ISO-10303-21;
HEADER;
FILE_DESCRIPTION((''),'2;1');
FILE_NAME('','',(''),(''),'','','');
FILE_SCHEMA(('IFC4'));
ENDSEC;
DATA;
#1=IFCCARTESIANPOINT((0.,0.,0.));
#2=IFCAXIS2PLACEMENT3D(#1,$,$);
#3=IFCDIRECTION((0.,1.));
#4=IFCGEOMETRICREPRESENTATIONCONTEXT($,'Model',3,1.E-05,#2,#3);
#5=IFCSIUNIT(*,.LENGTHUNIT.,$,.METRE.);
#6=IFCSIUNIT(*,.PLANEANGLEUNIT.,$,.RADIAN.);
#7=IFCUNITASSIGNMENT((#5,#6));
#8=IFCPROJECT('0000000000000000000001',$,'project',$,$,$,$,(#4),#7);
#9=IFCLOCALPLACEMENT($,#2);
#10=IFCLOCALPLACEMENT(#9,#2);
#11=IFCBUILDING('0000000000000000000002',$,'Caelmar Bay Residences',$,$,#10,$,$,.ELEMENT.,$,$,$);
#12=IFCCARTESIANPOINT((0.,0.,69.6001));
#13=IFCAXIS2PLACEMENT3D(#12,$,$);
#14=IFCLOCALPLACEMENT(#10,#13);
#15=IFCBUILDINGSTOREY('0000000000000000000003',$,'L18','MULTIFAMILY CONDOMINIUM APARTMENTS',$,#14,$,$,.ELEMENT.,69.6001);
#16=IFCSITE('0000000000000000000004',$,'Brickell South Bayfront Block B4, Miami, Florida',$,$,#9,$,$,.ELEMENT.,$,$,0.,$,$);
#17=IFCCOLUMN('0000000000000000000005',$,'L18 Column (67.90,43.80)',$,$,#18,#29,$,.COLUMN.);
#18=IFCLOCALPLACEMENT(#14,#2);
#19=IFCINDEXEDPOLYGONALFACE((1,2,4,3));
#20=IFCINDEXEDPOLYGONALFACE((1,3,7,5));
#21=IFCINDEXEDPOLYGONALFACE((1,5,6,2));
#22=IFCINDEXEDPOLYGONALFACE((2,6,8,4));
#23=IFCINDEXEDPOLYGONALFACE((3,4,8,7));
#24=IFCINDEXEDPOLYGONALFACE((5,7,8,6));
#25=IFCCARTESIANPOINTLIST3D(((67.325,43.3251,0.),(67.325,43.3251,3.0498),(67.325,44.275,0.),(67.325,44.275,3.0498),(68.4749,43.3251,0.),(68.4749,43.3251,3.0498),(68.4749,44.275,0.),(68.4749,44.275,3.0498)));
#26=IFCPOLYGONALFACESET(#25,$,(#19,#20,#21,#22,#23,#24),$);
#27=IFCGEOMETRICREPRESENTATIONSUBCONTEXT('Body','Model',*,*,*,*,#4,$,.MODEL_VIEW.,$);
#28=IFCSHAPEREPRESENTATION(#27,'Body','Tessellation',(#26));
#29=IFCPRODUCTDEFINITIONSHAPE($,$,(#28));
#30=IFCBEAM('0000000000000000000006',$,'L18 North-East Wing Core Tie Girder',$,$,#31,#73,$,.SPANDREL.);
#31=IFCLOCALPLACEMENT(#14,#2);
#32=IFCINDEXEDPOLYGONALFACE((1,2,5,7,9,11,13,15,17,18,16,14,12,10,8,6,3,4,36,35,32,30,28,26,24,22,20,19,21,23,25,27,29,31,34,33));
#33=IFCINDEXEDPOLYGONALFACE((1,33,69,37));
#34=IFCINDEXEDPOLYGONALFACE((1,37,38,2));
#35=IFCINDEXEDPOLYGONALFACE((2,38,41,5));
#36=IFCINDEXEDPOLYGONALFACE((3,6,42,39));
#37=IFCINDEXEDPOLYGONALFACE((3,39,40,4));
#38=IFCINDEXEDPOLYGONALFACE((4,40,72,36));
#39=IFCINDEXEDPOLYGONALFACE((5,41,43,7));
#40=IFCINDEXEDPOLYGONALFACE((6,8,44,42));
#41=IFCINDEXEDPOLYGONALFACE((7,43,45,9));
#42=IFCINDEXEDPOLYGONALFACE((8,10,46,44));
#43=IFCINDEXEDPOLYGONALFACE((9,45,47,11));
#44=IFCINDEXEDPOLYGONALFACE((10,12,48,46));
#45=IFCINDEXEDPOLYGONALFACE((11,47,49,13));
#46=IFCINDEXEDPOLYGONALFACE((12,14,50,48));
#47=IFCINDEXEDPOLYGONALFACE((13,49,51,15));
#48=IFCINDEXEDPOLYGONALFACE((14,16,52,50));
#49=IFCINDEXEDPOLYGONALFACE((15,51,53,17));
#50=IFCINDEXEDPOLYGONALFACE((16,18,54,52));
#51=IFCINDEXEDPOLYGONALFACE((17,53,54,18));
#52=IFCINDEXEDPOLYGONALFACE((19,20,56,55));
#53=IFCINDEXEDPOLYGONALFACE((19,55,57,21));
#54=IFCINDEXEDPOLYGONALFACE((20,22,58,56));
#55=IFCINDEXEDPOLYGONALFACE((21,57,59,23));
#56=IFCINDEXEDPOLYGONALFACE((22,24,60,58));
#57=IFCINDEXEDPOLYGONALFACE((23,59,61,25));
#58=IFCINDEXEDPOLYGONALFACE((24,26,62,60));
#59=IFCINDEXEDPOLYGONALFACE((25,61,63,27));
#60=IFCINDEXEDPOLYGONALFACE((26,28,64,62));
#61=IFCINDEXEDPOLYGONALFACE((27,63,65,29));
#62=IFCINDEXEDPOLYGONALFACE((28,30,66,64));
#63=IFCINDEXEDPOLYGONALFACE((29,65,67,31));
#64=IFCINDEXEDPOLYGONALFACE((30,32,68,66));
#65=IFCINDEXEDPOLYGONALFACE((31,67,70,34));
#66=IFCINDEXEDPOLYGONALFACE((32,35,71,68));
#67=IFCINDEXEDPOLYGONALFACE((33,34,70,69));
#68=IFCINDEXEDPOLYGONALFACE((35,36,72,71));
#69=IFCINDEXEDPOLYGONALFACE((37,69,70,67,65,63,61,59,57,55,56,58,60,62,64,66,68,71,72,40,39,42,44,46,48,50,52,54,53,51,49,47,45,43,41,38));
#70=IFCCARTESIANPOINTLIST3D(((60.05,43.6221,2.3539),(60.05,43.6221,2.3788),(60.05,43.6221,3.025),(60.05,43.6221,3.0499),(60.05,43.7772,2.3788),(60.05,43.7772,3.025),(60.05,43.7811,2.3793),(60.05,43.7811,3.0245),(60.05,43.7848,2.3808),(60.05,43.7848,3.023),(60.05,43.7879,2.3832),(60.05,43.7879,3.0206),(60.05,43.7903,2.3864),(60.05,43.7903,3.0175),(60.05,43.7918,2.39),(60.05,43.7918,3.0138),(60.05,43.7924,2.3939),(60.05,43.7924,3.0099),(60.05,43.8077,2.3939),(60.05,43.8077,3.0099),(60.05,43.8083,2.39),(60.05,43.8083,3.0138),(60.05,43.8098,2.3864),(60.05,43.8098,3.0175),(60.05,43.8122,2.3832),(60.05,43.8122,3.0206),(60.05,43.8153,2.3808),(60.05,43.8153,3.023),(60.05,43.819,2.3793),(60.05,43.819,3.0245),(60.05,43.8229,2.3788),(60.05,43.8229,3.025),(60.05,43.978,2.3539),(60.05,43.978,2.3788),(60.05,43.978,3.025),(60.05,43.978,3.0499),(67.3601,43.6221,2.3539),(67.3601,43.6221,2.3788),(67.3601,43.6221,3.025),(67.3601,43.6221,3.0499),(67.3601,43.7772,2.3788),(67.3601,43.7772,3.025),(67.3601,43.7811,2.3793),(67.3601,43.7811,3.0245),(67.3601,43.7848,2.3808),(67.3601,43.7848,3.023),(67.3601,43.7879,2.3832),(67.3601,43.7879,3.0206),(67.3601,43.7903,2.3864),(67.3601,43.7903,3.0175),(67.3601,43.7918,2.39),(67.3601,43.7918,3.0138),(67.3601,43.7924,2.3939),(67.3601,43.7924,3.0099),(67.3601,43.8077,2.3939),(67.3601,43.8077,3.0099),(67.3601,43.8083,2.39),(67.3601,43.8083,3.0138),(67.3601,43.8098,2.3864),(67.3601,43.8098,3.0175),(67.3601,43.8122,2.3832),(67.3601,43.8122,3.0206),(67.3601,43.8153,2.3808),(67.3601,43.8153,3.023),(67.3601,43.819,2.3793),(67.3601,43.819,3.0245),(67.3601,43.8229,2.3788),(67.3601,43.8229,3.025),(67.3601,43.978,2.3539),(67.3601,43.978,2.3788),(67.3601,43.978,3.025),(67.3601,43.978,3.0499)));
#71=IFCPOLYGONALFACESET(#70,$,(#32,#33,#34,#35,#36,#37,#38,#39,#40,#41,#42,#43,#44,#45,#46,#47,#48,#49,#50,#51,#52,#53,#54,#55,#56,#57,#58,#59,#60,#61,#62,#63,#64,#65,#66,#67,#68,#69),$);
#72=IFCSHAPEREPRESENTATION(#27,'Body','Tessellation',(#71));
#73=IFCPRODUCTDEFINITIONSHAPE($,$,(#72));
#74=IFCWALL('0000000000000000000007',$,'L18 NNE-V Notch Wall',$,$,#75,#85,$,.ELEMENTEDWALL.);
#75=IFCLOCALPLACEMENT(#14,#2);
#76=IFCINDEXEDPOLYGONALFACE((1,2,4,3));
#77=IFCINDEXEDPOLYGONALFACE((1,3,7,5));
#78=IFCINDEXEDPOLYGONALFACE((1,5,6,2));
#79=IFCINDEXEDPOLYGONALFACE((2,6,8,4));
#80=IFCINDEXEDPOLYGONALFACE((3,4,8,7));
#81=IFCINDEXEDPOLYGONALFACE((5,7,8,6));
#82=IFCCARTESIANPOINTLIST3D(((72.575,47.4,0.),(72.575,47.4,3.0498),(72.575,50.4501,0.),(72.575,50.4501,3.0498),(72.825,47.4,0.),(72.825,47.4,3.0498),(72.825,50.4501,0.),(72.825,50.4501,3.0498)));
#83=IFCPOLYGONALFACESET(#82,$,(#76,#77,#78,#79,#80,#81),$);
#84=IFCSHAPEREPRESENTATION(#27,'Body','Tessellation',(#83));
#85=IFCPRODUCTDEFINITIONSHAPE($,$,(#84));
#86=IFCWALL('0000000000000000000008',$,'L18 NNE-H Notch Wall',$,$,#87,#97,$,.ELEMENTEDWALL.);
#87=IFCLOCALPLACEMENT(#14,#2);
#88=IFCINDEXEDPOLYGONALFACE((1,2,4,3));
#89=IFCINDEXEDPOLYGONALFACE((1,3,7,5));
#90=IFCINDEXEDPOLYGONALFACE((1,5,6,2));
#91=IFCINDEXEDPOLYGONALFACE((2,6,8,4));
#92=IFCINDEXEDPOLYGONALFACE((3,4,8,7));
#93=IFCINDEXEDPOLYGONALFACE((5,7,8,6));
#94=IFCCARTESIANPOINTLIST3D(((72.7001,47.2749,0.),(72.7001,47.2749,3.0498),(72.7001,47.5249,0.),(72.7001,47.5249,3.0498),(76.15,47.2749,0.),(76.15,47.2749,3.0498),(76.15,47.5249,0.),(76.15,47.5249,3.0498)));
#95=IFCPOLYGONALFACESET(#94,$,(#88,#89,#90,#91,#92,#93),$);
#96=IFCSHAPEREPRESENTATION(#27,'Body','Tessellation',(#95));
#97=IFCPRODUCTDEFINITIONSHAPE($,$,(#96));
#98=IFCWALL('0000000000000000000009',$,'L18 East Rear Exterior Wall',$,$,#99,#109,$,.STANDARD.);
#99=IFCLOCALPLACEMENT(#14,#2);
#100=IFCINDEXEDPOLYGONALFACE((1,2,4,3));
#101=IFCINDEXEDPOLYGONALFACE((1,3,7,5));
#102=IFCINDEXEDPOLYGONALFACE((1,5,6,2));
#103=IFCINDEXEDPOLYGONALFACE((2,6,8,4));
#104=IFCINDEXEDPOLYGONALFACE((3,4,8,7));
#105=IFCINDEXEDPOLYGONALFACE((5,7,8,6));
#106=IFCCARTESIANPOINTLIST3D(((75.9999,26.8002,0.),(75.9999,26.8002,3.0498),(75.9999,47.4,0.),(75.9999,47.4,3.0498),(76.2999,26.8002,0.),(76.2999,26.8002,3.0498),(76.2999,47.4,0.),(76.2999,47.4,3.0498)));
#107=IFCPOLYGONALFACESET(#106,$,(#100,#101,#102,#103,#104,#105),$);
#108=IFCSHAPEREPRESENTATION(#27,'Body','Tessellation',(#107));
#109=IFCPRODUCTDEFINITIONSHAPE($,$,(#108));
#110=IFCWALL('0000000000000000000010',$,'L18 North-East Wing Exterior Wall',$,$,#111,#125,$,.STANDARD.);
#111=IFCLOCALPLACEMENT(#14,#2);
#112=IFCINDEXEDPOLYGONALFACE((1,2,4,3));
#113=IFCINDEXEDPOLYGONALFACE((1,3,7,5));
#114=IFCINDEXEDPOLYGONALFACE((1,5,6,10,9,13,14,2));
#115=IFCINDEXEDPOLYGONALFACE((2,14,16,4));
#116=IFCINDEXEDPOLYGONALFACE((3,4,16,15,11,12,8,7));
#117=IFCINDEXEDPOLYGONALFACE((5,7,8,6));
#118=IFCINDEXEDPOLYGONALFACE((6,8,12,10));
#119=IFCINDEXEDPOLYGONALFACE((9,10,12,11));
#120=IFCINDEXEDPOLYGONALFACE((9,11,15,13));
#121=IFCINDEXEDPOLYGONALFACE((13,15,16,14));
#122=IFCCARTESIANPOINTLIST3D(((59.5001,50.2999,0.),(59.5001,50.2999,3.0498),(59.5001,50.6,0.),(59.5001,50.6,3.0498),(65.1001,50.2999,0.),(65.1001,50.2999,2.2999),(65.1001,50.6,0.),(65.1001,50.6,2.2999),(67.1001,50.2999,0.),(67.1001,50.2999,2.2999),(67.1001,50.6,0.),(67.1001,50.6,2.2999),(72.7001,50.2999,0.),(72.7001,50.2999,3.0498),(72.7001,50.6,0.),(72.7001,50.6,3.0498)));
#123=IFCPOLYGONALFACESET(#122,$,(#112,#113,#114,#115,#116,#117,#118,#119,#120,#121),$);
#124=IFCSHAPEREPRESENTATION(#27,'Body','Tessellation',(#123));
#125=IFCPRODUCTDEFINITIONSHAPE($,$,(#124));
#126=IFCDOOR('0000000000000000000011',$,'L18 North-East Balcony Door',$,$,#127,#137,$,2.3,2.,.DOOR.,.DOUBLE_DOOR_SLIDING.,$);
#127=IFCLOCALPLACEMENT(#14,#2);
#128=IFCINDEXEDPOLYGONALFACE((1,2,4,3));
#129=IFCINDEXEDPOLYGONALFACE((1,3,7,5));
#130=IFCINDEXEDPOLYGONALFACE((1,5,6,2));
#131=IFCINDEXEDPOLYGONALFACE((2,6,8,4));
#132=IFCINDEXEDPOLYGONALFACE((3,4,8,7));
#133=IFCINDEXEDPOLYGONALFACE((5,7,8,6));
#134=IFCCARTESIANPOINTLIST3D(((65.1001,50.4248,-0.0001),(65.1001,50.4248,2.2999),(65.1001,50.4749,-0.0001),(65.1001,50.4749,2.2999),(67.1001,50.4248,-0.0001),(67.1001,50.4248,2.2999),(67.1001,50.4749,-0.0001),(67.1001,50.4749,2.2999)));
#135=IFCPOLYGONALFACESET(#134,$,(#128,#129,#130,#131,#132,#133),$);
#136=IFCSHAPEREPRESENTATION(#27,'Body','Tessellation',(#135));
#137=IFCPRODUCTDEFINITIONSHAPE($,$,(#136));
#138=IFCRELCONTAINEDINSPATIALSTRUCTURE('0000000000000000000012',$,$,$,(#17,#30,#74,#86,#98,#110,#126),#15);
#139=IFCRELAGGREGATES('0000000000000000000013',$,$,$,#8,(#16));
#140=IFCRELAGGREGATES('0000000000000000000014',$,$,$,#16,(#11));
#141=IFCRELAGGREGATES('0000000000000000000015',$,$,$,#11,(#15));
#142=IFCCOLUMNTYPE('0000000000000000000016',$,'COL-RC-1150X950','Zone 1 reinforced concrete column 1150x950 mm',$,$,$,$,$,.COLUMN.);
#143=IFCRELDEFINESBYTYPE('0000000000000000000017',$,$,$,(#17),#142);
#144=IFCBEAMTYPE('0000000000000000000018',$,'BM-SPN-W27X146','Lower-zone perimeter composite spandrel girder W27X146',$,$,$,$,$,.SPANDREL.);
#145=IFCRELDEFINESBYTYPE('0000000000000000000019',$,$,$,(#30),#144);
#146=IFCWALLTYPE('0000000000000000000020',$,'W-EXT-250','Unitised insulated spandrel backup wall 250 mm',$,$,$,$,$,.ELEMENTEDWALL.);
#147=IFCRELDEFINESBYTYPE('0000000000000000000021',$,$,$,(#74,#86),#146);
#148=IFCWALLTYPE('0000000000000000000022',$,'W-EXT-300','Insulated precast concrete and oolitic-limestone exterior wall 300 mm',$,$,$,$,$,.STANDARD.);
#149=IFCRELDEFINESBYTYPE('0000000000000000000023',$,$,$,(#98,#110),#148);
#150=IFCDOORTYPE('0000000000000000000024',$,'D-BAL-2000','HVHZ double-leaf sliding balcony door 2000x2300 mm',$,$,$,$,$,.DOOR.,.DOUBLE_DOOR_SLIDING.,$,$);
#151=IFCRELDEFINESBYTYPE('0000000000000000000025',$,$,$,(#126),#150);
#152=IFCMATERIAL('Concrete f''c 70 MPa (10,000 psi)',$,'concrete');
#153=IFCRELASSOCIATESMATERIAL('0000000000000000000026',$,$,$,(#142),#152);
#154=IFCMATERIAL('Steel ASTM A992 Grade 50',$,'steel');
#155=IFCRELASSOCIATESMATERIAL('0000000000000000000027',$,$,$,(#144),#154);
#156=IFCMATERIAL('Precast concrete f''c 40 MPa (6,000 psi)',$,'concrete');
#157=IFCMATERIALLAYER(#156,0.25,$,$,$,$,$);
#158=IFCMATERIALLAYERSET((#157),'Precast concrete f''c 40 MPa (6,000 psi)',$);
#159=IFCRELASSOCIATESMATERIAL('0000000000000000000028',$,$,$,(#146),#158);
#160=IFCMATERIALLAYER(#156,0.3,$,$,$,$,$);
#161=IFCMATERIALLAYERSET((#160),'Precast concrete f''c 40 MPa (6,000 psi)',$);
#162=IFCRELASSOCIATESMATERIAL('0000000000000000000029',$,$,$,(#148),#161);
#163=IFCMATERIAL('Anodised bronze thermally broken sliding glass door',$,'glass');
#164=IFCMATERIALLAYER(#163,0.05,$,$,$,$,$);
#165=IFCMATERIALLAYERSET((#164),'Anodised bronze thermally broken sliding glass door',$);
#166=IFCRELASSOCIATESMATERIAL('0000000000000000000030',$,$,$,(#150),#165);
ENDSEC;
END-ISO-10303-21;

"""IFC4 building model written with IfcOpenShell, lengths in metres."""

from ifc_helpers import new_model, si_unit, direction, frame, frame_2d, origin, origin_2d, place, context, subcontext, project, spatial, rectangle, i_section, extrude, material, layer, layer_set, material_profile, profile_set, type_object, element, fill, save


model = new_model("IFC4")

# Units and contexts
model_context = context("Model", 3, precision=1e-05, world=origin(), true_north=direction((0.0, 1.0)))
body_context = subcontext(model_context, "Body", "Model", "MODEL_VIEW")
ifc_project = project(units=[si_unit("LENGTHUNIT", "METRE"), si_unit("PLANEANGLEUNIT", "RADIAN")], contexts=[model_context])

# Site, building, storey
site_placement = place(None, origin())
site = spatial("IfcSite", under=ifc_project, at=site_placement, Name="Brickell South Bayfront Block B4, Miami, Florida", CompositionType="ELEMENT", RefElevation=0.0)
building_placement = place(site_placement, origin())
building = spatial("IfcBuilding", under=site, at=building_placement, Name="Caelmar Bay Residences", CompositionType="ELEMENT")
storey_placement = place(building_placement, frame((0.0, 0.0, 69.6001)))
storey = spatial("IfcBuildingStorey", under=building, at=storey_placement, Name="L18", Description="MULTIFAMILY CONDOMINIUM APARTMENTS", CompositionType="ELEMENT", Elevation=69.6001)

# Column
ifc_material_1 = material(Name="Concrete f'c 70 MPa (10,000 psi)", Category="concrete")
ifc_material_profile_1 = material_profile(ifc_material_1, rectangle(XDim=1.1499, YDim=0.95, at=origin_2d()), Name="RC-COL-1150X950")
ifc_profile_set_1 = profile_set([ifc_material_profile_1], Name="Concrete f'c 70 MPa (10,000 psi)")
column_type = type_object("IfcColumnType", Name="COL-RC-1150X950", Description="Zone 1 reinforced concrete column 1150x950 mm", PredefinedType="COLUMN", material=ifc_profile_set_1)
column_placement = place(storey_placement, frame((67.8999, 43.8, 0.0), z_axis=(0.0, 0.0, 1.0), x_axis=(1.0, 0.0, 0.0)))
element("IfcColumn", 1, at=column_placement, inside=storey, type_object=column_type, Name="L18 Column (67.90,43.80)", PredefinedType="COLUMN", context=body_context, shape_type="SweptSolid", body=[
    extrude(rectangle(XDim=1.1499, YDim=0.95, at=origin_2d()), origin(), (0.0, 0.0, 1.0), 3.0498),
])

# Beam
ifc_material_2 = material(Name="Steel ASTM A992 Grade 50", Category="steel")
ifc_material_profile_2 = material_profile(ifc_material_2, i_section(OverallWidth=0.356, OverallDepth=0.696, WebThickness=0.0154, FlangeThickness=0.0249, FilletRadius=0.0151, at=origin_2d()), Name="W27X146")
ifc_profile_set_2 = profile_set([ifc_material_profile_2], Name="Steel ASTM A992 Grade 50")
beam_type = type_object("IfcBeamType", Name="BM-SPN-W27X146", Description="Lower-zone perimeter composite spandrel girder W27X146", PredefinedType="SPANDREL", material=ifc_profile_set_2)
beam_placement = place(storey_placement, frame((60.05, 43.8, 2.7019), z_axis=(1.0, 0.0, 0.0), x_axis=(0.0, 1.0, 0.0)))
element("IfcBeam", 2, at=beam_placement, inside=storey, type_object=beam_type, Name="L18 North-East Wing Core Tie Girder", PredefinedType="SPANDREL", context=body_context, shape_type="SweptSolid", body=[
    extrude(i_section(OverallWidth=0.356, OverallDepth=0.696, WebThickness=0.0154, FlangeThickness=0.0249, FilletRadius=0.0151, at=origin_2d()), origin(), (0.0, 0.0, 1.0), 7.3101),
])

# Walls
ifc_material_3 = material(Name="Precast concrete f'c 40 MPa (6,000 psi)", Category="concrete")
ifc_layer_1 = layer(ifc_material_3, 0.25)
ifc_layer_set_1 = layer_set([ifc_layer_1], Name="Precast concrete f'c 40 MPa (6,000 psi)")
wall_type_1 = type_object("IfcWallType", Name="W-EXT-250", Description="Unitised insulated spandrel backup wall 250 mm", PredefinedType="ELEMENTEDWALL", material=ifc_layer_set_1)
wall_1_placement = place(storey_placement, frame((72.7, 50.45, 0.0), z_axis=(0.0, 0.0, 1.0), x_axis=(0.0, -1.0, 0.0)))
element("IfcWall", 3, at=wall_1_placement, inside=storey, type_object=wall_type_1, Name="L18 NNE-V Notch Wall", PredefinedType="ELEMENTEDWALL", context=body_context, shape_type="SweptSolid", body=[
    extrude(rectangle(XDim=3.05, YDim=0.25, at=frame_2d((1.5249, 0.0))), origin(), (0.0, 0.0, 1.0), 3.0498),
])
wall_2_placement = place(storey_placement, frame((72.7, 47.3999, 0.0), z_axis=(0.0, 0.0, 1.0), x_axis=(1.0, 0.0, 0.0)))
element("IfcWall", 4, at=wall_2_placement, inside=storey, type_object=wall_type_1, Name="L18 NNE-H Notch Wall", PredefinedType="ELEMENTEDWALL", context=body_context, shape_type="SweptSolid", body=[
    extrude(rectangle(XDim=3.45, YDim=0.25, at=frame_2d((1.7251, 0.0))), origin(), (0.0, 0.0, 1.0), 3.0498),
])
ifc_layer_2 = layer(ifc_material_3, 0.3)
ifc_layer_set_2 = layer_set([ifc_layer_2], Name="Precast concrete f'c 40 MPa (6,000 psi)")
wall_type_2 = type_object("IfcWallType", Name="W-EXT-300", Description="Insulated precast concrete and oolitic-limestone exterior wall 300 mm", PredefinedType="STANDARD", material=ifc_layer_set_2)
wall_3_placement = place(storey_placement, frame((76.1499, 47.3999, 0.0), z_axis=(0.0, 0.0, 1.0), x_axis=(0.0, -1.0, 0.0)))
element("IfcWall", 5, at=wall_3_placement, inside=storey, type_object=wall_type_2, Name="L18 East Rear Exterior Wall", PredefinedType="STANDARD", context=body_context, shape_type="SweptSolid", body=[
    extrude(rectangle(XDim=20.5999, YDim=0.3, at=frame_2d((10.2998, 0.0))), origin(), (0.0, 0.0, 1.0), 3.0498),
])

# Wall, opening, door
wall_4_placement = place(storey_placement, frame((59.5, 50.45, 0.0), z_axis=(0.0, 0.0, 1.0), x_axis=(1.0, 0.0, 0.0)))
wall_4 = element("IfcWall", 6, at=wall_4_placement, inside=storey, type_object=wall_type_2, Name="L18 North-East Wing Exterior Wall", PredefinedType="STANDARD", context=body_context, shape_type="SweptSolid", body=[
    extrude(rectangle(XDim=13.2, YDim=0.3, at=frame_2d((6.6001, 0.0))), origin(), (0.0, 0.0, 1.0), 3.0498),
])
opening_1_placement = place(wall_4_placement, frame((5.6001, 0.0, 0.0)))
opening_1 = element("IfcOpeningElement", 7, at=opening_1_placement, cuts=wall_4, PredefinedType="OPENING", context=body_context, shape_type="SweptSolid", body=[
    extrude(rectangle(XDim=2.0, YDim=2.3, at=frame_2d((1.0, 1.1499))), frame((0.0, 0.1599, 0.0), z_axis=(0.0, -1.0, 0.0), x_axis=(1.0, 0.0, 0.0)), (0.0, 0.0, 1.0), 0.3201),
])
ifc_material_4 = material(Name="Anodised bronze thermally broken sliding glass door", Category="glass")
ifc_layer_3 = layer(ifc_material_4, 0.05)
ifc_layer_set_3 = layer_set([ifc_layer_3], Name="Anodised bronze thermally broken sliding glass door")
door_type_1 = type_object("IfcDoorType", Name="D-BAL-2000", Description="HVHZ double-leaf sliding balcony door 2000x2300 mm", OperationType="DOUBLE_DOOR_SLIDING", PredefinedType="DOOR", material=ifc_layer_set_3)
door_1_placement = place(opening_1_placement, origin())
door_1 = element("IfcDoor", 8, at=door_1_placement, inside=storey, type_object=door_type_1, Name="L18 North-East Balcony Door", OperationType="DOUBLE_DOOR_SLIDING", OverallHeight=2.3, OverallWidth=2.0, PredefinedType="DOOR", context=body_context, shape_type="SweptSolid", body=[
    extrude(rectangle(XDim=2.0, YDim=2.3, at=frame_2d((1.0, 1.1499))), frame((0.0, 0.0249, 0.0), z_axis=(0.0, -1.0, 0.0), x_axis=(1.0, 0.0, 0.0)), (0.0, 0.0, 1.0), 0.05),
])
fill(opening_1, door_1)

save(model, "model.ifc")
